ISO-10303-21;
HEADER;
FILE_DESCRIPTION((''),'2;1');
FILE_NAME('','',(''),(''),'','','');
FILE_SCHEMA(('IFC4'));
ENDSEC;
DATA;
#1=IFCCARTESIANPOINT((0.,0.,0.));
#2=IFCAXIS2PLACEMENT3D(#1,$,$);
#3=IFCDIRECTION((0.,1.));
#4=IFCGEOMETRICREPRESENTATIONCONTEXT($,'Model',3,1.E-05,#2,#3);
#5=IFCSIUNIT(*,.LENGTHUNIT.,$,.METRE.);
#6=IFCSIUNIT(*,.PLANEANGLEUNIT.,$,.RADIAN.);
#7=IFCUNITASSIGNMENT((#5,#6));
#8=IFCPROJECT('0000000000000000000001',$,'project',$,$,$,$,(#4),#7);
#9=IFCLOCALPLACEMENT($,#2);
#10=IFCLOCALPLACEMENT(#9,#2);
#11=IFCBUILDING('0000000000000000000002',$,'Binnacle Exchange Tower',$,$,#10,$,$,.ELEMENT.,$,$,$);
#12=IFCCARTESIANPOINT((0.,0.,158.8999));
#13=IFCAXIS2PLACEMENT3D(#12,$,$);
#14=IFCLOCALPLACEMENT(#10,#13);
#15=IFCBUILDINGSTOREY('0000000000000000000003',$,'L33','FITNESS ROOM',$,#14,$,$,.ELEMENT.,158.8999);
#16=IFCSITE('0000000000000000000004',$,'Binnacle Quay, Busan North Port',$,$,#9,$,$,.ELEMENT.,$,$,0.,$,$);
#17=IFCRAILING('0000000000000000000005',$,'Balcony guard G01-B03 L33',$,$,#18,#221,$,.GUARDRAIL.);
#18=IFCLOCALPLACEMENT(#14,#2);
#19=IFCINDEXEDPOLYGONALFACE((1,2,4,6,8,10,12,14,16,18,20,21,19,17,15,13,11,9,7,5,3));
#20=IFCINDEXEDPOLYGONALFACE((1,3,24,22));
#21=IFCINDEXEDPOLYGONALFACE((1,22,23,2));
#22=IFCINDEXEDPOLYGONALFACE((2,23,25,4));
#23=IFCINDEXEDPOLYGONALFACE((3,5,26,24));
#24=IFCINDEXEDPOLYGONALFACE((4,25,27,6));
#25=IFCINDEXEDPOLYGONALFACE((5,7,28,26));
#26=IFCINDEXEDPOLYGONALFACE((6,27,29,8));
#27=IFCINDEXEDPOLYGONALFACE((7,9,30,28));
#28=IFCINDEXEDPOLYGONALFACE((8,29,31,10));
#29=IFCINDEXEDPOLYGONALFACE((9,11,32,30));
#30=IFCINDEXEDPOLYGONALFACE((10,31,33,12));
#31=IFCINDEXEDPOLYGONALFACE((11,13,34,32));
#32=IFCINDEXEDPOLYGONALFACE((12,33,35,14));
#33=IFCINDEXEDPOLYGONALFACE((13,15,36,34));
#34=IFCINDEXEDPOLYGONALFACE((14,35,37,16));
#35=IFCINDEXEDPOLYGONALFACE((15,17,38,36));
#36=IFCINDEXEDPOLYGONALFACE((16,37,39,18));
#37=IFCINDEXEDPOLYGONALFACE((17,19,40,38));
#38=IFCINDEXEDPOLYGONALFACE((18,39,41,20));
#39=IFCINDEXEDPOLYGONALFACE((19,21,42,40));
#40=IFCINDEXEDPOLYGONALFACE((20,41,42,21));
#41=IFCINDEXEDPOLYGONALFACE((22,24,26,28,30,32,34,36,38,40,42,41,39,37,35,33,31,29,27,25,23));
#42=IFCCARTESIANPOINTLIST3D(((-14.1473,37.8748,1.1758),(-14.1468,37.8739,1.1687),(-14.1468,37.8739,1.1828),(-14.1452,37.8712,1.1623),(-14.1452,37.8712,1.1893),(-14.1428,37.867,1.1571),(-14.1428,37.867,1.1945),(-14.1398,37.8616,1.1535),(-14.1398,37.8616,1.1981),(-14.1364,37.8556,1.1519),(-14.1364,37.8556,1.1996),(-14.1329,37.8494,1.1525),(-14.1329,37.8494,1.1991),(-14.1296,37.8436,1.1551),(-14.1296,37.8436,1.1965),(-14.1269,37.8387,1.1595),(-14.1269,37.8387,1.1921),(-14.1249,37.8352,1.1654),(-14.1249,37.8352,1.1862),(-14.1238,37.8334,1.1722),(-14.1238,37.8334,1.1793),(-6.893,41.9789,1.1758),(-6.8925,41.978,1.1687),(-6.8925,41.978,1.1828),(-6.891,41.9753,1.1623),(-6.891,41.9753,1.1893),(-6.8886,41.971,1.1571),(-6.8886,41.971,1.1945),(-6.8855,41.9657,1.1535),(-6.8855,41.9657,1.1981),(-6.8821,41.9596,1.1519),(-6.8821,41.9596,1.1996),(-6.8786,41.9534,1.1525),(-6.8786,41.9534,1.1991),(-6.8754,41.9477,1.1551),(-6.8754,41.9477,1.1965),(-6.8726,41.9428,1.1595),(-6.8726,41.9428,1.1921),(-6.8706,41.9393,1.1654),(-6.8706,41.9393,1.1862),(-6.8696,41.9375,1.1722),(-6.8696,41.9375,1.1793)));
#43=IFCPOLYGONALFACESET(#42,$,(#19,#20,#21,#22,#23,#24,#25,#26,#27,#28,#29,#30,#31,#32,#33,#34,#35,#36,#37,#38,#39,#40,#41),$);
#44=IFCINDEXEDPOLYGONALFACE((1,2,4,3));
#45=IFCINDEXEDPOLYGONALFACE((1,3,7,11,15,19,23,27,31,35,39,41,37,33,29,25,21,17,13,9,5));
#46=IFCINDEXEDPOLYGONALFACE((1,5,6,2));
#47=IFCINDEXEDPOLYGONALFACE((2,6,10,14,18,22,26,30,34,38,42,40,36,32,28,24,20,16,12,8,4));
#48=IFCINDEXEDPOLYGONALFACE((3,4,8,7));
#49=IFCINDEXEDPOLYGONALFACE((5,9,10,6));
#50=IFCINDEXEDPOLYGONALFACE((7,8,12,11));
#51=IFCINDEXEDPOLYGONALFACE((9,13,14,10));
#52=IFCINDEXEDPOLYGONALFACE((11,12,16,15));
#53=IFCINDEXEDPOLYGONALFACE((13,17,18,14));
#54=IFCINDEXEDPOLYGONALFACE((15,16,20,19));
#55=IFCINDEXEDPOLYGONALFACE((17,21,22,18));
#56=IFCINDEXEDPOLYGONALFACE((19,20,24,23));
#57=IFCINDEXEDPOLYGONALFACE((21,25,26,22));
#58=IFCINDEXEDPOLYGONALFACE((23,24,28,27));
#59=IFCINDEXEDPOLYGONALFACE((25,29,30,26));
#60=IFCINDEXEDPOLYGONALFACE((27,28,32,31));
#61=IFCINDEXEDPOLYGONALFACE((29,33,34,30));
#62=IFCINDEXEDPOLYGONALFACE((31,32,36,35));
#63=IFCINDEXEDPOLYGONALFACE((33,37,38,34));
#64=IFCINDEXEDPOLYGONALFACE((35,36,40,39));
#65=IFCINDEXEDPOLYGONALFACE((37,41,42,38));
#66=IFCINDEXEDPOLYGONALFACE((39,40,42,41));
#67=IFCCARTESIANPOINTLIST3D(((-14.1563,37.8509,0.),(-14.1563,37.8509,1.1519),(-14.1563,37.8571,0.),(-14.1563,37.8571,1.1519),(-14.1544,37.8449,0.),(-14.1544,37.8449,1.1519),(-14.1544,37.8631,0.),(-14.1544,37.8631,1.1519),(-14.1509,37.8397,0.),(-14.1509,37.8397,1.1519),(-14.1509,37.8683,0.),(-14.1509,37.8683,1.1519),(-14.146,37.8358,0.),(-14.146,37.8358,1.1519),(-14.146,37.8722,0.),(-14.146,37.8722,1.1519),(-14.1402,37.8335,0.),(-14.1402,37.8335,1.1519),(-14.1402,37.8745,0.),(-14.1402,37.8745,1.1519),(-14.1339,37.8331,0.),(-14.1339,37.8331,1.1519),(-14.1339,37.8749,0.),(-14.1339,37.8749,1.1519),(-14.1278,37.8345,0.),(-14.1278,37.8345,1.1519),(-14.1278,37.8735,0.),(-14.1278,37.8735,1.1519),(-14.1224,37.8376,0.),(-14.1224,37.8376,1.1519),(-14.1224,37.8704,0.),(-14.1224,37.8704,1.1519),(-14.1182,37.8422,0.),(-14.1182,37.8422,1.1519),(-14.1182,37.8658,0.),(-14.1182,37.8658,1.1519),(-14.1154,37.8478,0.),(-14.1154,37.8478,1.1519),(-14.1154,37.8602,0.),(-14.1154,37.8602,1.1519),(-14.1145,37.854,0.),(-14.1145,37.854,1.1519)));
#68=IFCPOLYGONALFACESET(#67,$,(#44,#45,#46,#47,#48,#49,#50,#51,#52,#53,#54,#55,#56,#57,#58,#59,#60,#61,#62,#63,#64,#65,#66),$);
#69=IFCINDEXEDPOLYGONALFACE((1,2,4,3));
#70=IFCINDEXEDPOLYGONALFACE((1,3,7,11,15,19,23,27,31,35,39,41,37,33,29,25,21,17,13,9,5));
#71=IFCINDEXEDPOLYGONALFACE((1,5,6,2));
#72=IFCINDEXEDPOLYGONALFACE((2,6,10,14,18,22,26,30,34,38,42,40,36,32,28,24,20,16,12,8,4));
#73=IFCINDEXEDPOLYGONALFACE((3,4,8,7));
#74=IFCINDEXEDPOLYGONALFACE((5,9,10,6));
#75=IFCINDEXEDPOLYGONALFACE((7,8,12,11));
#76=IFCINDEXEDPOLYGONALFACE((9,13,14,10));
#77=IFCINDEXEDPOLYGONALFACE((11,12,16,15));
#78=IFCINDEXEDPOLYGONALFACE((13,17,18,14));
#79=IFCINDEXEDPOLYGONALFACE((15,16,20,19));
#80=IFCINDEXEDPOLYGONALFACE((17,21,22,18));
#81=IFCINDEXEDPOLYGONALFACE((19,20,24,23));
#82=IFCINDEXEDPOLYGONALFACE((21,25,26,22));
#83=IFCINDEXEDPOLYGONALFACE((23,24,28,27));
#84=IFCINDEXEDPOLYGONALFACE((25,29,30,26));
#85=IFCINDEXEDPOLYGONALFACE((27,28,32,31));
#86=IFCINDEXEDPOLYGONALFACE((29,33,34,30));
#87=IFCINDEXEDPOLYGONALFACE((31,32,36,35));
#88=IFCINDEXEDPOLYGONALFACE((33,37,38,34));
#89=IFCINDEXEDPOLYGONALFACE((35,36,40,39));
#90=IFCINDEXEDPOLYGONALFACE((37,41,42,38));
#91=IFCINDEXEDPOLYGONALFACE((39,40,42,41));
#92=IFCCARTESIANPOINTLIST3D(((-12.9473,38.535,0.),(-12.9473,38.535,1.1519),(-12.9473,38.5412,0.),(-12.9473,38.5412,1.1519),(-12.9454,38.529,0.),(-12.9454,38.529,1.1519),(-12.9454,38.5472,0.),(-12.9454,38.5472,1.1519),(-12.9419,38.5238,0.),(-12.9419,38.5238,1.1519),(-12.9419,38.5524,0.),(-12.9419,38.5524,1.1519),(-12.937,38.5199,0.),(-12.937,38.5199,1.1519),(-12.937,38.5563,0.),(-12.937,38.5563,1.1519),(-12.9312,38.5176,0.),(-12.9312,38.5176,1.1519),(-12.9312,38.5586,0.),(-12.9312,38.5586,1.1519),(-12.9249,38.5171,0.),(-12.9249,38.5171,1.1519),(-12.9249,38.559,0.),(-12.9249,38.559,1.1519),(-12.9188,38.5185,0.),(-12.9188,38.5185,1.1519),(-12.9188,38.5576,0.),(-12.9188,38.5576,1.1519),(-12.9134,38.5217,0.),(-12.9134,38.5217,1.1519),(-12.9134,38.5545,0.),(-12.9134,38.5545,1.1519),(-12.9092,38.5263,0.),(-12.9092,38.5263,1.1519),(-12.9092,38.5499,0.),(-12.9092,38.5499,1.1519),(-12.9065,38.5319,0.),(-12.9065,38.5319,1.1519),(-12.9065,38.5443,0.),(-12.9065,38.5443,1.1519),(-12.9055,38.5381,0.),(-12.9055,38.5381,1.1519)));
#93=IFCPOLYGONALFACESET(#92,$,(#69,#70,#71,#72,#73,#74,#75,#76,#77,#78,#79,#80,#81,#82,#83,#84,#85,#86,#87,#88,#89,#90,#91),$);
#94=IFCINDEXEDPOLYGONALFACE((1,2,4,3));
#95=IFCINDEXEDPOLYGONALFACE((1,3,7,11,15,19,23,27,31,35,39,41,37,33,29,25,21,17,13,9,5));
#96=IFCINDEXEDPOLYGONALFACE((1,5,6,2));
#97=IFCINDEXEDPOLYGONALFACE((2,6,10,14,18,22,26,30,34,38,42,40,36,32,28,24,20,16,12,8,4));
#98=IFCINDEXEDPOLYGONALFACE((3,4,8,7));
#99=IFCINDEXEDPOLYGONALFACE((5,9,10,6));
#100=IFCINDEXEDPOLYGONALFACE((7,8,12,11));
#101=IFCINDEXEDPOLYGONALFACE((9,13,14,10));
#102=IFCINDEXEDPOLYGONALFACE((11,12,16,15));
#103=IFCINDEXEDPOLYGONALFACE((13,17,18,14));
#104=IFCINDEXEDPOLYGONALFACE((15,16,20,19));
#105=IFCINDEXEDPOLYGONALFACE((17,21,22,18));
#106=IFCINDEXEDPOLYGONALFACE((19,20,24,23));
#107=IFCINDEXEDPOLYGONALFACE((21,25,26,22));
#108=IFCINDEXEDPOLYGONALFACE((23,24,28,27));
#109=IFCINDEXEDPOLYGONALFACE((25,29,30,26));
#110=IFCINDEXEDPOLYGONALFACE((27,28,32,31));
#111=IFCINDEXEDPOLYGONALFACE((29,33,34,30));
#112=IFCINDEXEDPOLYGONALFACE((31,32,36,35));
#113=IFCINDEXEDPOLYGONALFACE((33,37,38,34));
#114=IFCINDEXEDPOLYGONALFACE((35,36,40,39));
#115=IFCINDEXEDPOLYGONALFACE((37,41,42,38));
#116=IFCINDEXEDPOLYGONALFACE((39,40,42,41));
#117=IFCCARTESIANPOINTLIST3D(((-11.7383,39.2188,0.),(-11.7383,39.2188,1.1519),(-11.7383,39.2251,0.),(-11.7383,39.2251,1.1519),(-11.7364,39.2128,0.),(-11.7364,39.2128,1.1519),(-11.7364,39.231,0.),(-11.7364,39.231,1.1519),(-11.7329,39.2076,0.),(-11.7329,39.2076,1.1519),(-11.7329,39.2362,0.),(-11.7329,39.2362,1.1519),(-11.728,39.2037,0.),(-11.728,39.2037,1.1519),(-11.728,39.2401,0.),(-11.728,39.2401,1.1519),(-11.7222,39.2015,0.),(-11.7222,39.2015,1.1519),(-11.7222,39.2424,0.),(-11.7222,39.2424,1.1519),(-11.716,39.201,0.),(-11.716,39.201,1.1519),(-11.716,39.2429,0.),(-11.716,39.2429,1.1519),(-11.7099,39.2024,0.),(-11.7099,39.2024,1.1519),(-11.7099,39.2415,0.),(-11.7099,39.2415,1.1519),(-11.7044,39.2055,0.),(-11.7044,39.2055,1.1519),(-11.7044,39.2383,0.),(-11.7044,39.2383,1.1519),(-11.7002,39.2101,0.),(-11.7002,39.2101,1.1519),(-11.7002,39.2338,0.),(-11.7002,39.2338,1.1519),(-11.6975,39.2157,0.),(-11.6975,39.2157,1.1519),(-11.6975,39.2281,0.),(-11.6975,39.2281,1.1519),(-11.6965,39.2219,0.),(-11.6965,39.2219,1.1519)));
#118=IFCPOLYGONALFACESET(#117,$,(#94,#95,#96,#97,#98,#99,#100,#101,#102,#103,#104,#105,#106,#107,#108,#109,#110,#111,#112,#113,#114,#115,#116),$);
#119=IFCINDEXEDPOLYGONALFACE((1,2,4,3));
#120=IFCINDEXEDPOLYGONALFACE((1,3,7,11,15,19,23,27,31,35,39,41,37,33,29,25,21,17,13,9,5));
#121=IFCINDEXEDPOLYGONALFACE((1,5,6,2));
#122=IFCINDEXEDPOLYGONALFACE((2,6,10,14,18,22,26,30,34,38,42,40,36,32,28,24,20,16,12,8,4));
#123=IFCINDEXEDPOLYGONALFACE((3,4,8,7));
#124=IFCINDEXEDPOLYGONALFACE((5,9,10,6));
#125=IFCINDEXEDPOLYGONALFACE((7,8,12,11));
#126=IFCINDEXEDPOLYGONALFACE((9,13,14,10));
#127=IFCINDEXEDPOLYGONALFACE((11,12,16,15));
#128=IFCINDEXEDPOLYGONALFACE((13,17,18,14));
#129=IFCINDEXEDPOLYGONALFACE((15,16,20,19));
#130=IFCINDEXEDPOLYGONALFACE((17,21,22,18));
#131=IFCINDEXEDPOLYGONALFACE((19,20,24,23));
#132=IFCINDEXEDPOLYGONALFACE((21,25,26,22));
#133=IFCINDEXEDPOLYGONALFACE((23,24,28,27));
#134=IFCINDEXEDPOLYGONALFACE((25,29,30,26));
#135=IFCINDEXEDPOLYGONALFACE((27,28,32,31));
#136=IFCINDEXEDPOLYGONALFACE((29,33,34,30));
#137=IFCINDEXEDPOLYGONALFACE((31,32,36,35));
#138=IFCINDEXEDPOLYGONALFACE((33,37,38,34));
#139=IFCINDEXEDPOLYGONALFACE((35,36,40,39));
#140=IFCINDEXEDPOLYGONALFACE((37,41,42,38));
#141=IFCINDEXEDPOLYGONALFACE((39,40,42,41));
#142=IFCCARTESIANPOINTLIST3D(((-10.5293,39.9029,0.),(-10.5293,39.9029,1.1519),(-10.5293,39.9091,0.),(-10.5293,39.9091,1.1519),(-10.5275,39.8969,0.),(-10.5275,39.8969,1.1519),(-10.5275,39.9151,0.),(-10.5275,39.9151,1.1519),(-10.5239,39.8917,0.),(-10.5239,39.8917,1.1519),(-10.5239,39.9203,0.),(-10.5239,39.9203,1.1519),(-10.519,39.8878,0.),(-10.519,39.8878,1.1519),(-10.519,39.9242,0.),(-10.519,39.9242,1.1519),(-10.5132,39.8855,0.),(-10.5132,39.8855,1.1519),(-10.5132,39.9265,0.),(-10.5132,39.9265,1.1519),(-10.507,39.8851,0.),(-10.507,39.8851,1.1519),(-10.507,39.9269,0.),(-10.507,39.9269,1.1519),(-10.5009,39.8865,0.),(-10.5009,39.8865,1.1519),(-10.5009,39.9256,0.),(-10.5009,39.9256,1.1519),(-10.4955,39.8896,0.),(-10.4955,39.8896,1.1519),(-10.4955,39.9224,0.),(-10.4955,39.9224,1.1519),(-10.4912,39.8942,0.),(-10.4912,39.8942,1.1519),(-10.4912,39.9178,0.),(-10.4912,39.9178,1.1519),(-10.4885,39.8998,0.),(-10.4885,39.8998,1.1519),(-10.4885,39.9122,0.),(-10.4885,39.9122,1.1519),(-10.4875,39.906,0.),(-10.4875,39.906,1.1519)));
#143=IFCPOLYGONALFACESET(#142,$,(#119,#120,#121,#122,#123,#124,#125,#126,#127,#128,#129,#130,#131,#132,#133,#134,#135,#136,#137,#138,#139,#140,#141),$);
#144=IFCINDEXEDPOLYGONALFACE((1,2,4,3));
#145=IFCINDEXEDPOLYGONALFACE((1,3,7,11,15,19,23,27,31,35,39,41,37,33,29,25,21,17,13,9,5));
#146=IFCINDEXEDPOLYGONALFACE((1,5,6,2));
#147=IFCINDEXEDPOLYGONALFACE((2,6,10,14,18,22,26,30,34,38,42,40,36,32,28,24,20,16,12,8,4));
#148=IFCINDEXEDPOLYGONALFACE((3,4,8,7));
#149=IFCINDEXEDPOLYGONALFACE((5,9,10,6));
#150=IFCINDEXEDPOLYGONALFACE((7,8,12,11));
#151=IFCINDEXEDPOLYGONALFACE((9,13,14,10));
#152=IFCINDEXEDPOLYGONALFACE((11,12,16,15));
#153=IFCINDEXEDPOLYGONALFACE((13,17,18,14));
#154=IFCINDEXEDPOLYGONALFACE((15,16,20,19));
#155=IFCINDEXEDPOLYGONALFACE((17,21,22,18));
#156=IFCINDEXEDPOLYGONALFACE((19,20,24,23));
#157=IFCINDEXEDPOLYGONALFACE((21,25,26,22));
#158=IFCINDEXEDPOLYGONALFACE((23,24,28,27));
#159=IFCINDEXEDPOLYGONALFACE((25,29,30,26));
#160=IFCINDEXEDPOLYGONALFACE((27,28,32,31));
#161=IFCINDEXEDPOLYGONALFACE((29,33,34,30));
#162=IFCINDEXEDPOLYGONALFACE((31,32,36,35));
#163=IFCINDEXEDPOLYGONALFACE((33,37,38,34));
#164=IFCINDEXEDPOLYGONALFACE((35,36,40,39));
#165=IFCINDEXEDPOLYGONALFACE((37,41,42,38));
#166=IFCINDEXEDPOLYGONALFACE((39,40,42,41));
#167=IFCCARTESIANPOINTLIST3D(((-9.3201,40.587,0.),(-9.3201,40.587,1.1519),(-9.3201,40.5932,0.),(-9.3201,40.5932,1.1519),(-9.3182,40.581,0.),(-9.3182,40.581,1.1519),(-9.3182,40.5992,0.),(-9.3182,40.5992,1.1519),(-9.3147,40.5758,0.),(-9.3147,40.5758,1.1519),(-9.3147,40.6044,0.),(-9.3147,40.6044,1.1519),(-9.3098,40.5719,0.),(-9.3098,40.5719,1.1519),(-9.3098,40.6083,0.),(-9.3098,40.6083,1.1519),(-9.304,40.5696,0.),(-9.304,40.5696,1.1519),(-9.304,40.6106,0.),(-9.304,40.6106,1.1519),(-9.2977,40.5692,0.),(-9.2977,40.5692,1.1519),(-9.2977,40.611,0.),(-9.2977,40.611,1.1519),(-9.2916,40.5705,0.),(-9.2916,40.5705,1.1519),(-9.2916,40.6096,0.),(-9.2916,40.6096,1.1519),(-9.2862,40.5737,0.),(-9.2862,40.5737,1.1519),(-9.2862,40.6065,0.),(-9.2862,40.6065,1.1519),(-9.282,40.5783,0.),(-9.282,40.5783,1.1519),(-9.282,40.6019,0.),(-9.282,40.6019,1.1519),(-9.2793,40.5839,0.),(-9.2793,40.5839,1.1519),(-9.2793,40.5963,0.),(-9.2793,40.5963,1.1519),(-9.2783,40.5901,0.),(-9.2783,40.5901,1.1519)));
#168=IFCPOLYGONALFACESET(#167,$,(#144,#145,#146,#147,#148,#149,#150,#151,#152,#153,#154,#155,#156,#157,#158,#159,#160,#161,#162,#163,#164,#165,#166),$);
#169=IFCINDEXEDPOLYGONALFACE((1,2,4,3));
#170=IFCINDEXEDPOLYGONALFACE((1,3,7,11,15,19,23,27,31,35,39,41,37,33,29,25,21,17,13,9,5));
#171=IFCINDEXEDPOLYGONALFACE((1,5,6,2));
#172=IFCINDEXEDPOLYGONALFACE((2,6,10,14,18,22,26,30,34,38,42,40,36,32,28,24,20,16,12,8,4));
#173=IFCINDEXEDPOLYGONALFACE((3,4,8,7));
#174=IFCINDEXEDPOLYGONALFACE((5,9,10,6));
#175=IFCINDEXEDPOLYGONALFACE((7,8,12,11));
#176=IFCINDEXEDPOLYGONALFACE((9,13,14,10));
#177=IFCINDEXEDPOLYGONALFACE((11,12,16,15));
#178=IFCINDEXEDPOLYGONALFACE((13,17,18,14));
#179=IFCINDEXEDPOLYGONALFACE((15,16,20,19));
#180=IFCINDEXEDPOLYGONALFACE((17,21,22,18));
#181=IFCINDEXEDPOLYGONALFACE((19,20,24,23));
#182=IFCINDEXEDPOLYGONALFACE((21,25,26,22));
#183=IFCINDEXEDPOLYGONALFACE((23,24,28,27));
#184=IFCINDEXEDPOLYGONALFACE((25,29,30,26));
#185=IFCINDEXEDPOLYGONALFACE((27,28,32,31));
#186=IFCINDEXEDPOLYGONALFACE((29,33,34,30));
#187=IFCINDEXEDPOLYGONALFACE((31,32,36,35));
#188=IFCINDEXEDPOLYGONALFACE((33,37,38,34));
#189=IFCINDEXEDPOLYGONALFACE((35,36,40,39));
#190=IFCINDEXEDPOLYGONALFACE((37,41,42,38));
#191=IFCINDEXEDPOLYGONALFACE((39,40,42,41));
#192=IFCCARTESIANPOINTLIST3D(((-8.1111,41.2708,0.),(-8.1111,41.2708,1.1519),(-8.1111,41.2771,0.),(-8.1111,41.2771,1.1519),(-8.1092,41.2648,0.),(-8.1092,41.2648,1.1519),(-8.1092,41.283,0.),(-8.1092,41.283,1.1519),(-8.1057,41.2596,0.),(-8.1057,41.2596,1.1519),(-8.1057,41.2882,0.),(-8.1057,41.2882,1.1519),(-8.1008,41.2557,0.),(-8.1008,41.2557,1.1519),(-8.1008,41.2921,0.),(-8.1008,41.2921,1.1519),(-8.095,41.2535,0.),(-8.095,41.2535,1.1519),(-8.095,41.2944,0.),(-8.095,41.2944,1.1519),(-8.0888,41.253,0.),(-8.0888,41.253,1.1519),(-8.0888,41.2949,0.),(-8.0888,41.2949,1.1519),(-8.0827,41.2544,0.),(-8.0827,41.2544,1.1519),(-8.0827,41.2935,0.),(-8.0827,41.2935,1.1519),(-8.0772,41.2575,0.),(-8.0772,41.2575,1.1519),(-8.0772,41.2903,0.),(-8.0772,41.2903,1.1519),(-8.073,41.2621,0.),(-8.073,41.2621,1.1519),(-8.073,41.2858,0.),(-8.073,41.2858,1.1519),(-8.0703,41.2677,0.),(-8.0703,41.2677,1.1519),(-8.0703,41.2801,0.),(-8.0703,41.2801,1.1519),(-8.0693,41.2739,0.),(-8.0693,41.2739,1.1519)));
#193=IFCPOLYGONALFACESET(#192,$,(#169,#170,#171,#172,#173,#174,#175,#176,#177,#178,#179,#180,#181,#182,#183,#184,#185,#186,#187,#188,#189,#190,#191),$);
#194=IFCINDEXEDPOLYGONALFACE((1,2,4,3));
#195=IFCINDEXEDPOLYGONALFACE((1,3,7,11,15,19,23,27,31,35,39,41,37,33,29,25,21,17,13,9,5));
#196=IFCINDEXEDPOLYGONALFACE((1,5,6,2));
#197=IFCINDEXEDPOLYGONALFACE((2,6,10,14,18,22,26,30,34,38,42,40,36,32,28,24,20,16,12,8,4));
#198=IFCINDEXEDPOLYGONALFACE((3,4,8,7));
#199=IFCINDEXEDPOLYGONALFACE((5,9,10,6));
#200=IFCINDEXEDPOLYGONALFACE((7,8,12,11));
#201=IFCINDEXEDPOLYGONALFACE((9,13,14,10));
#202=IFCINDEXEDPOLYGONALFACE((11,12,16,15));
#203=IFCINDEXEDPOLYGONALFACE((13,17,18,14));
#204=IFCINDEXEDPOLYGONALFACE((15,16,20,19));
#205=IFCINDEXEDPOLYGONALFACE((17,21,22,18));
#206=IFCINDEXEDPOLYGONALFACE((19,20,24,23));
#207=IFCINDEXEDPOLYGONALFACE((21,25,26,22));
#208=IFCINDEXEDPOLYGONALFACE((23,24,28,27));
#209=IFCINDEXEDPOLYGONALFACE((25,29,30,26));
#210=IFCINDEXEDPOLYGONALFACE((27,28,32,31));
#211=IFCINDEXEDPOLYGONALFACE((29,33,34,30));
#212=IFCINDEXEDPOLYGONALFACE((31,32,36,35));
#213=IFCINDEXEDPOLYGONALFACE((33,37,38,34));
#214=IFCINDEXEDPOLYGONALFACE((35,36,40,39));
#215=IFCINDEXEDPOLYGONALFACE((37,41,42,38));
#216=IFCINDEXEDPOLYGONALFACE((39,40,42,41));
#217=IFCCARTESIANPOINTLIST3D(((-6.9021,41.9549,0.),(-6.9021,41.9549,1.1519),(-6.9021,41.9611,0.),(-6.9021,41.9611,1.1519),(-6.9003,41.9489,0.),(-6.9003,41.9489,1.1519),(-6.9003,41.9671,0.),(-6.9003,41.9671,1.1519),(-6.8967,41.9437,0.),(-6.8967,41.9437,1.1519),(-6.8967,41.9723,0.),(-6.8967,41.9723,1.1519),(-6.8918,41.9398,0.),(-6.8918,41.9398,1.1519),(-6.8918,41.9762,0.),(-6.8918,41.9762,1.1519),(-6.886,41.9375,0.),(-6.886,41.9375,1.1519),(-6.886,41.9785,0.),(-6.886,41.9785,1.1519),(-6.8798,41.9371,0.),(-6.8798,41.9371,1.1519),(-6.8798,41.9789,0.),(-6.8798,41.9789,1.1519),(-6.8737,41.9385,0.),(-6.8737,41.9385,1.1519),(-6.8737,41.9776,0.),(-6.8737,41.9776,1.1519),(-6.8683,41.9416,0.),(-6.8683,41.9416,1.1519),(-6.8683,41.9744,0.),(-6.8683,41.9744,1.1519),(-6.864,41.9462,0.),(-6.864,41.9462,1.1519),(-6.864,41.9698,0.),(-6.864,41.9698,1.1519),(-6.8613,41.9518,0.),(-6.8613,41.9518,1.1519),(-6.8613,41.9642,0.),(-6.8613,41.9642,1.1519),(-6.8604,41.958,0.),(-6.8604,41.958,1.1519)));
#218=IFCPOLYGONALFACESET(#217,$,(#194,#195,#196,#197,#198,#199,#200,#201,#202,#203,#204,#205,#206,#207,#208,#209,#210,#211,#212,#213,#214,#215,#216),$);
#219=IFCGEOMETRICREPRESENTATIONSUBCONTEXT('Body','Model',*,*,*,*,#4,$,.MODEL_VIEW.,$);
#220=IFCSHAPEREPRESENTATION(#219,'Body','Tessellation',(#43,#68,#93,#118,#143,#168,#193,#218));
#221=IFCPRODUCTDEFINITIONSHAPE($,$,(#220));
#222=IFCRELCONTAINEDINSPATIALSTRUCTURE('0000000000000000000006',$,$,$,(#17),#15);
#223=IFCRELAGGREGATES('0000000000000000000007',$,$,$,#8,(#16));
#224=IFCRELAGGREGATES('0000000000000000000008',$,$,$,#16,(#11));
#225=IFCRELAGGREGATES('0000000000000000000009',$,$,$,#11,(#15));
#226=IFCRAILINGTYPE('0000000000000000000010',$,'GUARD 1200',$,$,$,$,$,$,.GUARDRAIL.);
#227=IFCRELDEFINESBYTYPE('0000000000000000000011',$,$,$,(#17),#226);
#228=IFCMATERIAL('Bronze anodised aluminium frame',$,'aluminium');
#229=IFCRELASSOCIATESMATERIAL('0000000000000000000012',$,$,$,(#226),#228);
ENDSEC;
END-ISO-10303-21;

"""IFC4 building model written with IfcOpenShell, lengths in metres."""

from ifc_helpers import new_model, si_unit, direction, frame, origin, origin_2d, place, context, subcontext, project, spatial, circle, extrude, material, type_object, element, save


model = new_model("IFC4")

# Units and contexts
model_context = context("Model", 3, precision=1e-05, world=origin(), true_north=direction((0.0, 1.0)))
body_context = subcontext(model_context, "Body", "Model", "MODEL_VIEW")
ifc_project = project(units=[si_unit("LENGTHUNIT", "METRE"), si_unit("PLANEANGLEUNIT", "RADIAN")], contexts=[model_context])

# Site, building, storey
site_placement = place(None, origin())
site = spatial("IfcSite", under=ifc_project, at=site_placement, Name="Binnacle Quay, Busan North Port", CompositionType="ELEMENT", RefElevation=0.0)
building_placement = place(site_placement, origin())
building = spatial("IfcBuilding", under=site, at=building_placement, Name="Binnacle Exchange Tower", CompositionType="ELEMENT")
storey_placement = place(building_placement, frame((0.0, 0.0, 158.8999)))
storey = spatial("IfcBuildingStorey", under=building, at=storey_placement, Name="L33", Description="FITNESS ROOM", CompositionType="ELEMENT", Elevation=158.8999)

# Railing
ifc_material_1 = material(Name="Bronze anodised aluminium frame", Category="aluminium")
railing_type_1 = type_object("IfcRailingType", Name="GUARD 1200", PredefinedType="GUARDRAIL", material=ifc_material_1)
railing_1_placement = place(storey_placement, frame((-14.1355, 37.854, 0.0)))
element("IfcRailing", 1, at=railing_1_placement, inside=storey, type_object=railing_type_1, Name="Balcony guard G01-B03 L33", PredefinedType="GUARDRAIL", context=body_context, shape_type="SweptSolid", body=[
    extrude(circle(Radius=0.0239, at=origin_2d()), frame((0.0, 0.0, 1.1758), z_axis=(0.870366, 0.492406, 0.0), x_axis=(-0.492406, 0.870366, 0.0)), (0.0, 0.0, 1.0), 8.3347),
    extrude(circle(Radius=0.021, at=origin_2d()), origin(), (0.0, 0.0, 1.0), 1.1519),
    extrude(circle(Radius=0.021, at=origin_2d()), frame((1.209, 0.6841, 0.0)), (0.0, 0.0, 1.0), 1.1519),
    extrude(circle(Radius=0.021, at=origin_2d()), frame((2.418, 1.3679, 0.0)), (0.0, 0.0, 1.0), 1.1519),
    extrude(circle(Radius=0.021, at=origin_2d()), frame((3.627, 2.052, 0.0)), (0.0, 0.0, 1.0), 1.1519),
    extrude(circle(Radius=0.021, at=origin_2d()), frame((4.8362, 2.7361, 0.0)), (0.0, 0.0, 1.0), 1.1519),
    extrude(circle(Radius=0.021, at=origin_2d()), frame((6.0452, 3.4199, 0.0)), (0.0, 0.0, 1.0), 1.1519),
    extrude(circle(Radius=0.021, at=origin_2d()), frame((7.2542, 4.104, 0.0)), (0.0, 0.0, 1.0), 1.1519),
])

save(model, "model.ifc")
